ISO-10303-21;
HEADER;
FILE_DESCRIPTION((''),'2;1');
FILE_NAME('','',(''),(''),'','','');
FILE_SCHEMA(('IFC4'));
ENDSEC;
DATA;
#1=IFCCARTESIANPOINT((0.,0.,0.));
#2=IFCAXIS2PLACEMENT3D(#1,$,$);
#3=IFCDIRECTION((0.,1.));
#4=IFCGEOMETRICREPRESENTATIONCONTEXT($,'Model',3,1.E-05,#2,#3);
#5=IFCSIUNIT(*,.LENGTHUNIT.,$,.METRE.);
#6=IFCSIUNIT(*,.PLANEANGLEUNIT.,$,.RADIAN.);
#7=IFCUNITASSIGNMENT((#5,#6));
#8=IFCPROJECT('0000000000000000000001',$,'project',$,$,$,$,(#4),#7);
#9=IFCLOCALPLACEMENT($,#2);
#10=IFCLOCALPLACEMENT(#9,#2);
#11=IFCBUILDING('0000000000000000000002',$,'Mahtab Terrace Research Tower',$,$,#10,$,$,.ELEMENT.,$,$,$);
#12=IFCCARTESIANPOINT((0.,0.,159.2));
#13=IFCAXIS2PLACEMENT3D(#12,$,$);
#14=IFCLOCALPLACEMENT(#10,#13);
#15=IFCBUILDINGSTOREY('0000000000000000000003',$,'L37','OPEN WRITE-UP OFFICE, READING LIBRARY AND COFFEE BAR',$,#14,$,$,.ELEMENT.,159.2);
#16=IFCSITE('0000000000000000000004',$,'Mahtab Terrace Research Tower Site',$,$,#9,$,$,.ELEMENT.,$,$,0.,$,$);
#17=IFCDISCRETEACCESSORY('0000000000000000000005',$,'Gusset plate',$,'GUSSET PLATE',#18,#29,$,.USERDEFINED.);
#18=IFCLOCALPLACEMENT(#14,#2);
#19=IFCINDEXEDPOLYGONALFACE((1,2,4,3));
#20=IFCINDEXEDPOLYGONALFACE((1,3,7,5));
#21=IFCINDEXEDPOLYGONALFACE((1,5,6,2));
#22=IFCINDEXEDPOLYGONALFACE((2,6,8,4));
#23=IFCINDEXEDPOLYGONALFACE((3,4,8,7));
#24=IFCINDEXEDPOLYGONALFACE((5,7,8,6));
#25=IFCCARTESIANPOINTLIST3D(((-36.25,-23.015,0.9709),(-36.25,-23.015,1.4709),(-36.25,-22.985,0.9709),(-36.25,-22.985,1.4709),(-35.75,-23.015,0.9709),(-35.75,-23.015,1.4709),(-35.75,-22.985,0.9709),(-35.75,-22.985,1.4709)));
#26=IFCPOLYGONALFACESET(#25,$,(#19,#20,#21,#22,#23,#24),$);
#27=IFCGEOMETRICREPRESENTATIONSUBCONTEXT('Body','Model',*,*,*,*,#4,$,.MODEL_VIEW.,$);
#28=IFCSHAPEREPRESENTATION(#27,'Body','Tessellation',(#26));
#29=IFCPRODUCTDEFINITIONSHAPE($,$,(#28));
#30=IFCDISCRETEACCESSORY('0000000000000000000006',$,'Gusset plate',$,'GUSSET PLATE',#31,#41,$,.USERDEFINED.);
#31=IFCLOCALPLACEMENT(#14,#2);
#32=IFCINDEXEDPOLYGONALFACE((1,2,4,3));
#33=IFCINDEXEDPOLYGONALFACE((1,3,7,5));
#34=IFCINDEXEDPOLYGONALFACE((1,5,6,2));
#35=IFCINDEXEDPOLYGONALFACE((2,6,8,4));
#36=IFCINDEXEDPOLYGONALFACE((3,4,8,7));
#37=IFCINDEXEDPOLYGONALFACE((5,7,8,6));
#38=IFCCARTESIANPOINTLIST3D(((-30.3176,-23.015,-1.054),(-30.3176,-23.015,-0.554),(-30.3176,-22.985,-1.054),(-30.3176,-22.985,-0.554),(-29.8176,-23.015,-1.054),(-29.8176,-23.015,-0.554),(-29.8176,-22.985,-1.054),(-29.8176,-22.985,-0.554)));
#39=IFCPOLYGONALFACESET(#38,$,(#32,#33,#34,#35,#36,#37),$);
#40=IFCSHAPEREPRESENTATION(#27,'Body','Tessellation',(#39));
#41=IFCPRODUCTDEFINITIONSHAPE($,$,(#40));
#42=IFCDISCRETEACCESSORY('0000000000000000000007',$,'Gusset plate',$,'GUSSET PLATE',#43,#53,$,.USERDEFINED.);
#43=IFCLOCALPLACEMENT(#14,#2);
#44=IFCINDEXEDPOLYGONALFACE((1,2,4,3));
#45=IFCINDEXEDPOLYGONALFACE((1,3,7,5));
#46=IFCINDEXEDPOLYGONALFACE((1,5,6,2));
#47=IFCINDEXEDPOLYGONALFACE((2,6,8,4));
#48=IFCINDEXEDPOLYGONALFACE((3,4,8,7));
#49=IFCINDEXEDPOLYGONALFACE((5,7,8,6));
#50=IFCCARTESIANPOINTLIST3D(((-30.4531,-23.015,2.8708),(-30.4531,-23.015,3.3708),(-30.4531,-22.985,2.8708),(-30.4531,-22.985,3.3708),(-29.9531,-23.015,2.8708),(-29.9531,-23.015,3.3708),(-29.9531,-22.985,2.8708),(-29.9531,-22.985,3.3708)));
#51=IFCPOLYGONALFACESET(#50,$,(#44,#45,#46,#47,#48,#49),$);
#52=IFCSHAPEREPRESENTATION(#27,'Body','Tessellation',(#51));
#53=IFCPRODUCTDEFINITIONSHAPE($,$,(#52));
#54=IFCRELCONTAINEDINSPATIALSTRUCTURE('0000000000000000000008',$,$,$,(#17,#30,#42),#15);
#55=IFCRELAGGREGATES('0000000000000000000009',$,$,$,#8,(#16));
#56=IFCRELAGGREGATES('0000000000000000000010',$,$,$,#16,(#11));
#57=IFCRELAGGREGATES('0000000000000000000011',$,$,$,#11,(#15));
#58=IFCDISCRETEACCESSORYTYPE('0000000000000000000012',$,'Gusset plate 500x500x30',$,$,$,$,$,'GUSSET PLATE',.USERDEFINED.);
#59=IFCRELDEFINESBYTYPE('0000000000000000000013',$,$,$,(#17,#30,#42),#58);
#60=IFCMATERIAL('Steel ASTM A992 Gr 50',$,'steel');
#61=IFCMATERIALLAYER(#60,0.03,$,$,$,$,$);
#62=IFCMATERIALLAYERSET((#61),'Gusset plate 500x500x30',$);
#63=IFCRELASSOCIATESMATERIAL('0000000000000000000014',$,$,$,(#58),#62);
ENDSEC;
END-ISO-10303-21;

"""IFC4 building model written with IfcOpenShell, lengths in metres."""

from ifc_helpers import new_model, si_unit, direction, frame, origin, origin_2d, place, context, subcontext, project, spatial, rectangle, extrude, material, layer, layer_set, type_object, element, save


model = new_model("IFC4")

# Units and contexts
model_context = context("Model", 3, precision=1e-05, world=origin(), true_north=direction((0.0, 1.0)))
body_context = subcontext(model_context, "Body", "Model", "MODEL_VIEW")
ifc_project = project(units=[si_unit("LENGTHUNIT", "METRE"), si_unit("PLANEANGLEUNIT", "RADIAN")], contexts=[model_context])

# Site, building, storey
site_placement = place(None, origin())
site = spatial("IfcSite", under=ifc_project, at=site_placement, Name="Mahtab Terrace Research Tower Site", CompositionType="ELEMENT", RefElevation=0.0)
building_placement = place(site_placement, origin())
building = spatial("IfcBuilding", under=site, at=building_placement, Name="Mahtab Terrace Research Tower", CompositionType="ELEMENT")
storey_placement = place(building_placement, frame((0.0, 0.0, 159.2)))
storey = spatial("IfcBuildingStorey", under=building, at=storey_placement, Name="L37", Description="OPEN WRITE-UP OFFICE, READING LIBRARY AND COFFEE BAR", CompositionType="ELEMENT", Elevation=159.2)

# Shared definitions
ifc_material_1 = material(Name="Steel ASTM A992 Gr 50", Category="steel")

# Discrete accessories
ifc_layer_1 = layer(ifc_material_1, 0.03)
ifc_layer_set_1 = layer_set([ifc_layer_1], Name="Gusset plate 500x500x30")
discrete_accessory_type_1 = type_object("IfcDiscreteAccessoryType", Name="Gusset plate 500x500x30", ElementType="GUSSET PLATE", PredefinedType="USERDEFINED", material=ifc_layer_set_1)
for number, where, z_axis, x_axis, name in (
    (1, (-36.0, -23.0, 0.9709), (0.0, 0.0, 1.0), (1.0, 0.0, 0.0), "Gusset plate"),
    (2, (-30.0676, -23.0, -1.054), (0.0, 0.0, 1.0), (1.0, 0.0, 0.0), "Gusset plate"),
    (3, (-30.2031, -23.0, 2.8708), (0.0, 0.0, 1.0), (1.0, 0.0, 0.0), "Gusset plate"),
):
    element("IfcDiscreteAccessory", number, at=place(storey_placement, frame(where, z_axis=z_axis, x_axis=x_axis)), inside=storey, type_object=discrete_accessory_type_1, Name=name, ObjectType="GUSSET PLATE", PredefinedType="USERDEFINED", context=body_context, shape_type="SweptSolid", body=[
        extrude(rectangle(XDim=0.5, YDim=0.03, at=origin_2d()), origin(), (0.0, 0.0, 1.0), 0.5),
    ])

save(model, "model.ifc")
